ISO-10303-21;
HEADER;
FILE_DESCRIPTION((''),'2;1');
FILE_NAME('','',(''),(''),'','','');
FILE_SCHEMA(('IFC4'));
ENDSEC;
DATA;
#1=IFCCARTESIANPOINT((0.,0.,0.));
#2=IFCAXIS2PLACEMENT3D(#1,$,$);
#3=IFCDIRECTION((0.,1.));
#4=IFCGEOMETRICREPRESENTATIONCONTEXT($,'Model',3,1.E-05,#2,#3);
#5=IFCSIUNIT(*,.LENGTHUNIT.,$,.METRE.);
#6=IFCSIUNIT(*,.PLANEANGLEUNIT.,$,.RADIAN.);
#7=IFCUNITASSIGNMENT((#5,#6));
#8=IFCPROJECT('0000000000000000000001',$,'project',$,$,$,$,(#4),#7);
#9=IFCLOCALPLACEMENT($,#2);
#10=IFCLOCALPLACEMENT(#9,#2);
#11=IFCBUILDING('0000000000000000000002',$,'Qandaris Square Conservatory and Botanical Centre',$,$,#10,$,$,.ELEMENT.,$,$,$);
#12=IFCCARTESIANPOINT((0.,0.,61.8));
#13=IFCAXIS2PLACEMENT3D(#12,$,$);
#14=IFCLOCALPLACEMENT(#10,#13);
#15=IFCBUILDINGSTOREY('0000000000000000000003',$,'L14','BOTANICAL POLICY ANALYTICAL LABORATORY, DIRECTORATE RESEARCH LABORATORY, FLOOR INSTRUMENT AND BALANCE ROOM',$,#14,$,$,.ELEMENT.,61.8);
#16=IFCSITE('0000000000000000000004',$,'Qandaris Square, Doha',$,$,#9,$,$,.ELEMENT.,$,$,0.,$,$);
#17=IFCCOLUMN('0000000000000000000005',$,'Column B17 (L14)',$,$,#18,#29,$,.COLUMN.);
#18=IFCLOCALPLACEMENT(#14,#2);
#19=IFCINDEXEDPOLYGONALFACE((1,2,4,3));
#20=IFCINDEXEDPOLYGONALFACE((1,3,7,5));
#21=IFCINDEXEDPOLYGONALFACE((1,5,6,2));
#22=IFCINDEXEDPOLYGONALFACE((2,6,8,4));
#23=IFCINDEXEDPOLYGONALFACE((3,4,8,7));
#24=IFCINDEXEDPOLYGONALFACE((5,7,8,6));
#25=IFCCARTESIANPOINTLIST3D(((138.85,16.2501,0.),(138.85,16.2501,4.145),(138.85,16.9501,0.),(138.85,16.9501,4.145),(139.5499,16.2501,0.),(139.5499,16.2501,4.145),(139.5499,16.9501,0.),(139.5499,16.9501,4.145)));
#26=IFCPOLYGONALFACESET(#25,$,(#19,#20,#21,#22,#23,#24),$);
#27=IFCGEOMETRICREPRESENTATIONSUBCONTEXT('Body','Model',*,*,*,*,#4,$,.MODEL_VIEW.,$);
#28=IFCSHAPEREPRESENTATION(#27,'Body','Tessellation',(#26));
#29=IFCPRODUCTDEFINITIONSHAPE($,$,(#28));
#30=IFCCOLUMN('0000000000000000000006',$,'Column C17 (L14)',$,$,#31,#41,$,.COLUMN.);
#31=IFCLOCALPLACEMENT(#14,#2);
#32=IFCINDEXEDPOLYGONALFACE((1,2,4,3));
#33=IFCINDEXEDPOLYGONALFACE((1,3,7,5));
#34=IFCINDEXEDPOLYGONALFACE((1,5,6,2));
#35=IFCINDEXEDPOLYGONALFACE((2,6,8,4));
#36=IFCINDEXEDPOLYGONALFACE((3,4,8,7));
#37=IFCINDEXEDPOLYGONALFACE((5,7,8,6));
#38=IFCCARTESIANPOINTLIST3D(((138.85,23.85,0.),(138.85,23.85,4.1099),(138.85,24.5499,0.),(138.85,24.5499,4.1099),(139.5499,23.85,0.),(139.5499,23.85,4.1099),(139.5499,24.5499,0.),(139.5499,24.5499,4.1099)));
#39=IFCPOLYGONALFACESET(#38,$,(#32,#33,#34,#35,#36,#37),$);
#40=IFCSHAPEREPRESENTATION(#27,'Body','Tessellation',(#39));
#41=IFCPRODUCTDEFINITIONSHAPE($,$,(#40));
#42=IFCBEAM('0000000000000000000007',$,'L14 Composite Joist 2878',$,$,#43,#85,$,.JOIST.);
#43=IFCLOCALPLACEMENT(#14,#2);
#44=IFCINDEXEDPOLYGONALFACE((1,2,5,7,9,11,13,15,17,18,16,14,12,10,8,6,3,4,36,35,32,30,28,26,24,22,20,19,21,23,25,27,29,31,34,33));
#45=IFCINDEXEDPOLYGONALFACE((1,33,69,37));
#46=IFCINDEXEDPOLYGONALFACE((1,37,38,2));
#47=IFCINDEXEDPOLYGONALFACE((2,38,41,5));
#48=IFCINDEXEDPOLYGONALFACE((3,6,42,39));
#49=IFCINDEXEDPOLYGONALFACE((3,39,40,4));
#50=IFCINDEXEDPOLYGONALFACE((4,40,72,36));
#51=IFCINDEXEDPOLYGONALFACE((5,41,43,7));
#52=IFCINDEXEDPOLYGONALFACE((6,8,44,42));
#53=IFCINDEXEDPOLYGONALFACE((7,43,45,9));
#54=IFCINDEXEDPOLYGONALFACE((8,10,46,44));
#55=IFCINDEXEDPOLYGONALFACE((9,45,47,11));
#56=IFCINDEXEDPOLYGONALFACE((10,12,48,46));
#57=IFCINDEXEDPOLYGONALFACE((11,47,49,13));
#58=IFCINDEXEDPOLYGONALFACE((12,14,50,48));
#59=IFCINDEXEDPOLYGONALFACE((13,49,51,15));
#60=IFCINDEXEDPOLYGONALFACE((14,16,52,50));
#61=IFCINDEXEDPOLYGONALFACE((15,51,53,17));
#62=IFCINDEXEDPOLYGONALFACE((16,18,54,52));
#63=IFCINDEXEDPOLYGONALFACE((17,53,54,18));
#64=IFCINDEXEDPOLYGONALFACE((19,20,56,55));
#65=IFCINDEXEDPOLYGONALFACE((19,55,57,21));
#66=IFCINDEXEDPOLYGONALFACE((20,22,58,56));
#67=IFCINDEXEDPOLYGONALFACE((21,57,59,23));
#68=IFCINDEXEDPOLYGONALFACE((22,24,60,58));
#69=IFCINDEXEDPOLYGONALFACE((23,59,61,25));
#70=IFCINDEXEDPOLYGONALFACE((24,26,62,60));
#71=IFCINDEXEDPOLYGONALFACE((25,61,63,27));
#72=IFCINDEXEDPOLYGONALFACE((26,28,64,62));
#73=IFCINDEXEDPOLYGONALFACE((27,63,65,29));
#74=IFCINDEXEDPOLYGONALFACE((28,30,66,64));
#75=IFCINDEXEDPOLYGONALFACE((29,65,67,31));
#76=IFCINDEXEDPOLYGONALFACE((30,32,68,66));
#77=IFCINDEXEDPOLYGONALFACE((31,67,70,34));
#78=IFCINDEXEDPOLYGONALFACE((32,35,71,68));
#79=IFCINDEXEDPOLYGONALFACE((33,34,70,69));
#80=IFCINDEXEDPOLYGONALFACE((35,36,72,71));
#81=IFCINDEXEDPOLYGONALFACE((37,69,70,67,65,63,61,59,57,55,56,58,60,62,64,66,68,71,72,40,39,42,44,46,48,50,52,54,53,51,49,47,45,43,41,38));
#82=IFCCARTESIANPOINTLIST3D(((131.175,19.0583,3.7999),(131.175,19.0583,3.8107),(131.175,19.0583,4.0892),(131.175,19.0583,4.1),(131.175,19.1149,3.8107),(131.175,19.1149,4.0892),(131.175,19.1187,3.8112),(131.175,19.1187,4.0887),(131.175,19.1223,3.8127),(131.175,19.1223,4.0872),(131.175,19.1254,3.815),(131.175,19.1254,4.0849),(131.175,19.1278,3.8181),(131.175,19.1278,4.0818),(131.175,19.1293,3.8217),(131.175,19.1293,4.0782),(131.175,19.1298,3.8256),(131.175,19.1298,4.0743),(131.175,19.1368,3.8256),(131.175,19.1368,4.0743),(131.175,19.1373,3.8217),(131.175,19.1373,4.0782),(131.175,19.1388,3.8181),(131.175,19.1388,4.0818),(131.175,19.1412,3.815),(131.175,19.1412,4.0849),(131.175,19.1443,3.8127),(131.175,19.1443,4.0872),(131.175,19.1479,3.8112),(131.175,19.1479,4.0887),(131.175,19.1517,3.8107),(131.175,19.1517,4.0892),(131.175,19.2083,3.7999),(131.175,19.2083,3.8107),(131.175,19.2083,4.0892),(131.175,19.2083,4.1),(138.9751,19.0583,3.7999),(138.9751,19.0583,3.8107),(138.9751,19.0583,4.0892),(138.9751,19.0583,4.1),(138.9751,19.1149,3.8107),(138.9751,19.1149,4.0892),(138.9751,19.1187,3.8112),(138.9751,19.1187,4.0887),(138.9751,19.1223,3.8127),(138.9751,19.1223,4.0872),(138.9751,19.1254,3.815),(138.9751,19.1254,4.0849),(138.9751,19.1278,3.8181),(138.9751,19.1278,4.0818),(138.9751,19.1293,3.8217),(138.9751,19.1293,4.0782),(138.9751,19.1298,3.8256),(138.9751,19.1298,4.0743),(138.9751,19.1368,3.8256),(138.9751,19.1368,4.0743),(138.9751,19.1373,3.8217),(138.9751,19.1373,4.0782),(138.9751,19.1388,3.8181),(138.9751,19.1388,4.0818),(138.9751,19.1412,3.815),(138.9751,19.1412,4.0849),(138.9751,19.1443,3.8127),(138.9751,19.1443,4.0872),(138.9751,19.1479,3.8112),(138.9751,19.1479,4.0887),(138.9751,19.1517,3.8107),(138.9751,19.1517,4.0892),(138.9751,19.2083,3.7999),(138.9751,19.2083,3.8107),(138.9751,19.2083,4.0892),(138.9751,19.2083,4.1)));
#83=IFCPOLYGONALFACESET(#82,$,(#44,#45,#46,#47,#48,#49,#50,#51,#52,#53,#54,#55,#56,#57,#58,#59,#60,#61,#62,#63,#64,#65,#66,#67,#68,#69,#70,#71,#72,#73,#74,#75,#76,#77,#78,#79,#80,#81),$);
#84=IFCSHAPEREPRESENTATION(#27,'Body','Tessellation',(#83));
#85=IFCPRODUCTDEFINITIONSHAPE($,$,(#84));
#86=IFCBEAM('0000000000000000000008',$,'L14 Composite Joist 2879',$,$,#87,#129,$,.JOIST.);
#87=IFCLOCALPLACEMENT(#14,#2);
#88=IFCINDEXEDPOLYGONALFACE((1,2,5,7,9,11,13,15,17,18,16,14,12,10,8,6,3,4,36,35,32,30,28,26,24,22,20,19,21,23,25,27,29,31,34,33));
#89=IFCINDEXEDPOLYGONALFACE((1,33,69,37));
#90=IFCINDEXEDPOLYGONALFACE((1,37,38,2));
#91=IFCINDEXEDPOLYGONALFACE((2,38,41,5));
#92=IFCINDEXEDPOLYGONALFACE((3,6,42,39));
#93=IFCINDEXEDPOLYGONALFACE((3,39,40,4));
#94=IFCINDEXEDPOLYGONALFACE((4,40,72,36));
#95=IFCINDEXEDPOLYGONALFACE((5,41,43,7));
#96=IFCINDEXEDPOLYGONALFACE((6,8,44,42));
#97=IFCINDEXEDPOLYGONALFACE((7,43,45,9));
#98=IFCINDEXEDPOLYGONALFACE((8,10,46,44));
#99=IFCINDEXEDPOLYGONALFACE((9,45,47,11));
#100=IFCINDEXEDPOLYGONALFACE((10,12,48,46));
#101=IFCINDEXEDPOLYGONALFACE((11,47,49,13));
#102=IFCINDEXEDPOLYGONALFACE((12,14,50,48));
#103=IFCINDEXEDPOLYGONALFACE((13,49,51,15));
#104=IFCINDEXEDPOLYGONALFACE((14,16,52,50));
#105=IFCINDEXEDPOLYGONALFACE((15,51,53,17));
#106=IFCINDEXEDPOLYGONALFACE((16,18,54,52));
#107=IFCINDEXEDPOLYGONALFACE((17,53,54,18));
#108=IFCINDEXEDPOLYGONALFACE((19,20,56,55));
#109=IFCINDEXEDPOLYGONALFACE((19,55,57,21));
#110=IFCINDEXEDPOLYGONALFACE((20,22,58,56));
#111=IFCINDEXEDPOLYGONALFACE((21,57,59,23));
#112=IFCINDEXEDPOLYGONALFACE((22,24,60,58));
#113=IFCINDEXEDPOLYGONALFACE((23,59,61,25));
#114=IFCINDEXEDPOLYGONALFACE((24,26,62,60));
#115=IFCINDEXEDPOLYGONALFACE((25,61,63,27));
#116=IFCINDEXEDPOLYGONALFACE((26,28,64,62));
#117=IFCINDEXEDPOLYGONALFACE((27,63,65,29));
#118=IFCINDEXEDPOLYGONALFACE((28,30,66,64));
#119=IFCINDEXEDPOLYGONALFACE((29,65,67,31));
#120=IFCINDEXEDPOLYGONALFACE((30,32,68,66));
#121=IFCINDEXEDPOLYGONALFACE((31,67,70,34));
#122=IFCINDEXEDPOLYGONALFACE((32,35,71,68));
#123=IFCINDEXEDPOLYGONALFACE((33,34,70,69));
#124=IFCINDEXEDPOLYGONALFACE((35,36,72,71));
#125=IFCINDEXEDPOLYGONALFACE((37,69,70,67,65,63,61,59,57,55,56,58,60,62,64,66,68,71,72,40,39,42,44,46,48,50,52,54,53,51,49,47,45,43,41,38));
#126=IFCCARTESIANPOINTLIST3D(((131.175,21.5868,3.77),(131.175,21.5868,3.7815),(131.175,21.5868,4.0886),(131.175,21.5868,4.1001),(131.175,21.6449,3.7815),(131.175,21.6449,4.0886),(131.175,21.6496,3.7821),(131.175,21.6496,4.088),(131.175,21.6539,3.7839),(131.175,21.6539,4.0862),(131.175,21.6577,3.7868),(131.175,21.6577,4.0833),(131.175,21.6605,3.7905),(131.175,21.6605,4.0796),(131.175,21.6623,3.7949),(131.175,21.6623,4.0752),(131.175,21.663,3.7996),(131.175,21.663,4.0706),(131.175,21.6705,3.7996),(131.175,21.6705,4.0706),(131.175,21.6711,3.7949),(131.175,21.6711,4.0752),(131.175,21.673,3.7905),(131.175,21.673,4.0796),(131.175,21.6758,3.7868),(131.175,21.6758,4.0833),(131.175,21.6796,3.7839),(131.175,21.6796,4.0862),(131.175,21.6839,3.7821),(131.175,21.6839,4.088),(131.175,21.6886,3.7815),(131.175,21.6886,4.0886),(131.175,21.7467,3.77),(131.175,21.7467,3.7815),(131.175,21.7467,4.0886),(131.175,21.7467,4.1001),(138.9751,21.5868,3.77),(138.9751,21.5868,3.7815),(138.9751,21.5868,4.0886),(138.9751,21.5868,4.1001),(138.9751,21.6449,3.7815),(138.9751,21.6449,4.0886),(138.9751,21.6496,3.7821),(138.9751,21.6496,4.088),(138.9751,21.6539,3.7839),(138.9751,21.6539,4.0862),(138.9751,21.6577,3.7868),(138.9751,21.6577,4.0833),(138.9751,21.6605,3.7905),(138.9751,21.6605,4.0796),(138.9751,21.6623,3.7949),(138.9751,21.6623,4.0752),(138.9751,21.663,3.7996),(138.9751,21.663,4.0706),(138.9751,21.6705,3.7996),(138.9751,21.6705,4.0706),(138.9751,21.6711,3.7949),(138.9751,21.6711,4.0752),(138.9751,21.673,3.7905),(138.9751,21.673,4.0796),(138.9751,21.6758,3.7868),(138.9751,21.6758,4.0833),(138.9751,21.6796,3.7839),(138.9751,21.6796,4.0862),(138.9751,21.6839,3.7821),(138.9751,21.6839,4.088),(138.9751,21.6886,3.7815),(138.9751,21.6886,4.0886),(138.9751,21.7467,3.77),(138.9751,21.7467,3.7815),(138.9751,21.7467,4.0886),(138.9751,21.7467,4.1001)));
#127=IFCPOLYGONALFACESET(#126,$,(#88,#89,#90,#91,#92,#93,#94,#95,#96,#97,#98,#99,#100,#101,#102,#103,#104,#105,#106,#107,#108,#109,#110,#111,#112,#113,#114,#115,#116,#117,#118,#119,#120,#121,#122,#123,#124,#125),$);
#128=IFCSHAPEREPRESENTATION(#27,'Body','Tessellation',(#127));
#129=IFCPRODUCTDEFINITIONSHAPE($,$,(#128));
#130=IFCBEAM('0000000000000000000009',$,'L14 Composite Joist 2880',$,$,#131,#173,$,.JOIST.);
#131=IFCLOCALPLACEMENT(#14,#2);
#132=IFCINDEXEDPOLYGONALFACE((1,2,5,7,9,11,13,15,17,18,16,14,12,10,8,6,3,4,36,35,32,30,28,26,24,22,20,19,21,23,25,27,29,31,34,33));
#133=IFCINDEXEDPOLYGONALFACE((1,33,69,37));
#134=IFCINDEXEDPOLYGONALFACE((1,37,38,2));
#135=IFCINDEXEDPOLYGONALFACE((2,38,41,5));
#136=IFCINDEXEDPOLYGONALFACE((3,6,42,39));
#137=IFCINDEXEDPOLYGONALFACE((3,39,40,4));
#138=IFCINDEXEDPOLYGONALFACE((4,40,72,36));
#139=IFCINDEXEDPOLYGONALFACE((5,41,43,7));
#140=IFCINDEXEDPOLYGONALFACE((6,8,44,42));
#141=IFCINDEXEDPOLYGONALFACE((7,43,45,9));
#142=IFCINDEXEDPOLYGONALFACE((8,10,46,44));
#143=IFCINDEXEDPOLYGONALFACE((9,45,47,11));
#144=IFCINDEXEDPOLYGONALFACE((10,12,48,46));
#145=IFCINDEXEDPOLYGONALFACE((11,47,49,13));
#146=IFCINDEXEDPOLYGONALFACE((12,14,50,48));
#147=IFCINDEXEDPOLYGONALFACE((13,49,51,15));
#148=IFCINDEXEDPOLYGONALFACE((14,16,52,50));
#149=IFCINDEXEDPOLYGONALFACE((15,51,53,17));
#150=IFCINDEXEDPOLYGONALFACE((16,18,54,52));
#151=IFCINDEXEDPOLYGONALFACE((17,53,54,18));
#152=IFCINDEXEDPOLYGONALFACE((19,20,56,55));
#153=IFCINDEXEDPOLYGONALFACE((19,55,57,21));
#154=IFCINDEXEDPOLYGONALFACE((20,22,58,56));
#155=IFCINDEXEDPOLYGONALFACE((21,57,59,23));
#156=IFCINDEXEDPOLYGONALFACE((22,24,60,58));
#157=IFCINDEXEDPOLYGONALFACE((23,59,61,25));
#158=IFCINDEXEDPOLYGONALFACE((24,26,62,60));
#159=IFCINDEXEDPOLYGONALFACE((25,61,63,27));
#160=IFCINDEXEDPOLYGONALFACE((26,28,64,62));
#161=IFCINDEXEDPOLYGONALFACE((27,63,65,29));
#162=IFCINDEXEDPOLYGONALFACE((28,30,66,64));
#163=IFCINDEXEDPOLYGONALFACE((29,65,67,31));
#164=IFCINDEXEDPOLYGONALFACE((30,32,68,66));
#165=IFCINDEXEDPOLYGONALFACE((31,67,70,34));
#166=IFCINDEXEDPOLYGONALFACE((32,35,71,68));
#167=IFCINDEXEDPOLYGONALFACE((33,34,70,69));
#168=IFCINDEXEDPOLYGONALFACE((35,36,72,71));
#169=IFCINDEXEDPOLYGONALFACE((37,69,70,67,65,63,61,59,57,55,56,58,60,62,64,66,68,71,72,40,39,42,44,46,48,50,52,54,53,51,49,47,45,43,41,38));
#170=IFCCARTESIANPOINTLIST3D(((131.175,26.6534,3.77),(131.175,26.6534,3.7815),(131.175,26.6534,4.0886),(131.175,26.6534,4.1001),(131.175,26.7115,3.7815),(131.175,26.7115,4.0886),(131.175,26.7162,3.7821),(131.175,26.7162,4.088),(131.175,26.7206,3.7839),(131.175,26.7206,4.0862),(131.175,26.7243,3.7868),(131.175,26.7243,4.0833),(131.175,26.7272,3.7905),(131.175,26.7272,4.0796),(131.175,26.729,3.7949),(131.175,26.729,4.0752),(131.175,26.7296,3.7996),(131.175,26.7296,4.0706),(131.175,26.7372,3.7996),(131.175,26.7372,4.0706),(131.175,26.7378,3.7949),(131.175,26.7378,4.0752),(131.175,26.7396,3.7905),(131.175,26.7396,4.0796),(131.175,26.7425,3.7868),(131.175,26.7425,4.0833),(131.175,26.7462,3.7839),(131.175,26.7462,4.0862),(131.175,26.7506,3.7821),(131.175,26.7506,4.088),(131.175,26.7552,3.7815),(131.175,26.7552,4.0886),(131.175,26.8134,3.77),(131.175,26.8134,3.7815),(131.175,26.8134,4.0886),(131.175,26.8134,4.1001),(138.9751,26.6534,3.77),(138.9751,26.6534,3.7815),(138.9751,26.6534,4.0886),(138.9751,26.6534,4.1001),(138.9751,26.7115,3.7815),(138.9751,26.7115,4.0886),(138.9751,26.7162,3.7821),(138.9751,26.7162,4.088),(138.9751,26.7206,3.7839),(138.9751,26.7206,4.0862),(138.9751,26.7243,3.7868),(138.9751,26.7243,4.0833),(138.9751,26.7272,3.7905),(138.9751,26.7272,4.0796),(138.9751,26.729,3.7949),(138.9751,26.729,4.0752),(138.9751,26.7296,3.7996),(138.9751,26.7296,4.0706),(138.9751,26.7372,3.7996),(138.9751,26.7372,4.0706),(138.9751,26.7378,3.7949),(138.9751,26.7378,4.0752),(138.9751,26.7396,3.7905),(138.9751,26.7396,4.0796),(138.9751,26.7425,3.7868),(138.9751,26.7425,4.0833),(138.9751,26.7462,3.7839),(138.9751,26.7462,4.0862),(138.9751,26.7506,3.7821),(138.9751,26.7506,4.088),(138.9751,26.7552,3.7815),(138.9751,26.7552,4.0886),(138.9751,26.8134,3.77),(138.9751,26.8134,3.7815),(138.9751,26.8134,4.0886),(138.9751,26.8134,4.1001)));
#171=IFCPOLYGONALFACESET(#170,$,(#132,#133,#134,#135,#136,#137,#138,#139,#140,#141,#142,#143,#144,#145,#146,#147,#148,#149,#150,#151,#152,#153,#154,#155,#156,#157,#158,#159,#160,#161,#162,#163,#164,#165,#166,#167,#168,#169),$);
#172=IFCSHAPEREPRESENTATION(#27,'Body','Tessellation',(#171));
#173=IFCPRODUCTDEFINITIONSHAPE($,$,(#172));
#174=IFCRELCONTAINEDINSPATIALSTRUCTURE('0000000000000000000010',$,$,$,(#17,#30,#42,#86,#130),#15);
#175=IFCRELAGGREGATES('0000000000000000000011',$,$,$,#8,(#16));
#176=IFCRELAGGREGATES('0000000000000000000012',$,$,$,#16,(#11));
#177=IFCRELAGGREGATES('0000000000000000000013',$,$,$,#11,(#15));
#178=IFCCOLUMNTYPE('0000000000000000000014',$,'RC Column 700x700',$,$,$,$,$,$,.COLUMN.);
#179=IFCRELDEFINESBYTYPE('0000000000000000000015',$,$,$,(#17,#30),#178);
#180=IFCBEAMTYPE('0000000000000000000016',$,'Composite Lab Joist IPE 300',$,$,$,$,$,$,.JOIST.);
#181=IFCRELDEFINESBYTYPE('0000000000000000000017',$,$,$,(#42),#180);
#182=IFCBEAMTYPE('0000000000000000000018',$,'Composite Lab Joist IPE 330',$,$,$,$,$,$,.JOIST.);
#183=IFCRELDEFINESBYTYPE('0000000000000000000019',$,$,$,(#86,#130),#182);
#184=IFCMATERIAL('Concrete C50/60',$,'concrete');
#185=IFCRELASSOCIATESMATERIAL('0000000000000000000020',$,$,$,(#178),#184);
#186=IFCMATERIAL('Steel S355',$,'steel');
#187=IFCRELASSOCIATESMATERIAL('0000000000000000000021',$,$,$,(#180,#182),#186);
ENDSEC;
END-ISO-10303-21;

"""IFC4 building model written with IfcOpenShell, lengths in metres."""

from ifc_helpers import new_model, si_unit, direction, frame, origin, origin_2d, place, context, subcontext, project, spatial, rectangle, i_section, extrude, material, material_profile, profile_set, type_object, element, save


model = new_model("IFC4")

# Units and contexts
model_context = context("Model", 3, precision=1e-05, world=origin(), true_north=direction((0.0, 1.0)))
body_context = subcontext(model_context, "Body", "Model", "MODEL_VIEW")
ifc_project = project(units=[si_unit("LENGTHUNIT", "METRE"), si_unit("PLANEANGLEUNIT", "RADIAN")], contexts=[model_context])

# Site, building, storey
site_placement = place(None, origin())
site = spatial("IfcSite", under=ifc_project, at=site_placement, Name="Qandaris Square, Doha", CompositionType="ELEMENT", RefElevation=0.0)
building_placement = place(site_placement, origin())
building = spatial("IfcBuilding", under=site, at=building_placement, Name="Qandaris Square Conservatory and Botanical Centre", CompositionType="ELEMENT")
storey_placement = place(building_placement, frame((0.0, 0.0, 61.8)))
storey = spatial("IfcBuildingStorey", under=building, at=storey_placement, Name="L14", Description="BOTANICAL POLICY ANALYTICAL LABORATORY, DIRECTORATE RESEARCH LABORATORY, FLOOR INSTRUMENT AND BALANCE ROOM", CompositionType="ELEMENT", Elevation=61.8)

# Columns
ifc_material_1 = material(Name="Concrete C50/60", Category="concrete")
ifc_material_profile_1 = material_profile(ifc_material_1, rectangle(XDim=0.7, YDim=0.7, at=origin_2d()), Name="RC-COL 700x700")
ifc_profile_set_1 = profile_set([ifc_material_profile_1], Name="Concrete C50/60")
column_type = type_object("IfcColumnType", Name="RC Column 700x700", PredefinedType="COLUMN", material=ifc_profile_set_1)
column_1_placement = place(storey_placement, frame((139.2, 16.6001, 0.0), z_axis=(0.0, 0.0, 1.0), x_axis=(1.0, 0.0, 0.0)))
element("IfcColumn", 1, at=column_1_placement, inside=storey, type_object=column_type, Name="Column B17 (L14)", PredefinedType="COLUMN", context=body_context, shape_type="SweptSolid", body=[
    extrude(rectangle(XDim=0.7, YDim=0.7, at=origin_2d()), origin(), (0.0, 0.0, 1.0), 4.145),
])
column_2_placement = place(storey_placement, frame((139.2, 24.2, 0.0), z_axis=(0.0, 0.0, 1.0), x_axis=(1.0, 0.0, 0.0)))
element("IfcColumn", 2, at=column_2_placement, inside=storey, type_object=column_type, Name="Column C17 (L14)", PredefinedType="COLUMN", context=body_context, shape_type="SweptSolid", body=[
    extrude(rectangle(XDim=0.7, YDim=0.7, at=origin_2d()), origin(), (0.0, 0.0, 1.0), 4.1099),
])

# Beams
ifc_material_2 = material(Name="Steel S355", Category="steel")
ifc_material_profile_2 = material_profile(ifc_material_2, i_section(OverallWidth=0.1499, OverallDepth=0.3, WebThickness=0.0071, FlangeThickness=0.0107, FilletRadius=0.0149, at=origin_2d()), Name="IPE 300")
ifc_profile_set_2 = profile_set([ifc_material_profile_2], Name="Steel S355")
beam_type_1 = type_object("IfcBeamType", Name="Composite Lab Joist IPE 300", PredefinedType="JOIST", material=ifc_profile_set_2)
beam_1_placement = place(storey_placement, frame((131.175, 19.1333, 3.95), z_axis=(1.0, 0.0, 0.0), x_axis=(0.0, 1.0, 0.0)))
element("IfcBeam", 3, at=beam_1_placement, inside=storey, type_object=beam_type_1, Name="L14 Composite Joist 2878", PredefinedType="JOIST", context=body_context, shape_type="SweptSolid", body=[
    extrude(i_section(OverallWidth=0.1499, OverallDepth=0.3, WebThickness=0.0071, FlangeThickness=0.0107, FilletRadius=0.0149, at=origin_2d()), origin(), (0.0, 0.0, 1.0), 7.8),
])
ifc_material_profile_3 = material_profile(ifc_material_2, i_section(OverallWidth=0.1599, OverallDepth=0.3301, WebThickness=0.0076, FlangeThickness=0.0115, FilletRadius=0.0181, at=origin_2d()), Name="IPE 330")
ifc_profile_set_3 = profile_set([ifc_material_profile_3], Name="Steel S355")
beam_type_2 = type_object("IfcBeamType", Name="Composite Lab Joist IPE 330", PredefinedType="JOIST", material=ifc_profile_set_3)
for number, where, z_axis, x_axis, name in (
    (4, (131.175, 21.6667, 3.9351), (1.0, 0.0, 0.0), (0.0, 1.0, 0.0), "L14 Composite Joist 2879"),
    (5, (131.175, 26.7334, 3.9351), (1.0, 0.0, 0.0), (0.0, 1.0, 0.0), "L14 Composite Joist 2880"),
):
    element("IfcBeam", number, at=place(storey_placement, frame(where, z_axis=z_axis, x_axis=x_axis)), inside=storey, type_object=beam_type_2, Name=name, PredefinedType="JOIST", context=body_context, shape_type="SweptSolid", body=[
        extrude(i_section(OverallWidth=0.1599, OverallDepth=0.3301, WebThickness=0.0076, FlangeThickness=0.0115, FilletRadius=0.0181, at=origin_2d()), origin(), (0.0, 0.0, 1.0), 7.8),
    ])

save(model, "model.ifc")
